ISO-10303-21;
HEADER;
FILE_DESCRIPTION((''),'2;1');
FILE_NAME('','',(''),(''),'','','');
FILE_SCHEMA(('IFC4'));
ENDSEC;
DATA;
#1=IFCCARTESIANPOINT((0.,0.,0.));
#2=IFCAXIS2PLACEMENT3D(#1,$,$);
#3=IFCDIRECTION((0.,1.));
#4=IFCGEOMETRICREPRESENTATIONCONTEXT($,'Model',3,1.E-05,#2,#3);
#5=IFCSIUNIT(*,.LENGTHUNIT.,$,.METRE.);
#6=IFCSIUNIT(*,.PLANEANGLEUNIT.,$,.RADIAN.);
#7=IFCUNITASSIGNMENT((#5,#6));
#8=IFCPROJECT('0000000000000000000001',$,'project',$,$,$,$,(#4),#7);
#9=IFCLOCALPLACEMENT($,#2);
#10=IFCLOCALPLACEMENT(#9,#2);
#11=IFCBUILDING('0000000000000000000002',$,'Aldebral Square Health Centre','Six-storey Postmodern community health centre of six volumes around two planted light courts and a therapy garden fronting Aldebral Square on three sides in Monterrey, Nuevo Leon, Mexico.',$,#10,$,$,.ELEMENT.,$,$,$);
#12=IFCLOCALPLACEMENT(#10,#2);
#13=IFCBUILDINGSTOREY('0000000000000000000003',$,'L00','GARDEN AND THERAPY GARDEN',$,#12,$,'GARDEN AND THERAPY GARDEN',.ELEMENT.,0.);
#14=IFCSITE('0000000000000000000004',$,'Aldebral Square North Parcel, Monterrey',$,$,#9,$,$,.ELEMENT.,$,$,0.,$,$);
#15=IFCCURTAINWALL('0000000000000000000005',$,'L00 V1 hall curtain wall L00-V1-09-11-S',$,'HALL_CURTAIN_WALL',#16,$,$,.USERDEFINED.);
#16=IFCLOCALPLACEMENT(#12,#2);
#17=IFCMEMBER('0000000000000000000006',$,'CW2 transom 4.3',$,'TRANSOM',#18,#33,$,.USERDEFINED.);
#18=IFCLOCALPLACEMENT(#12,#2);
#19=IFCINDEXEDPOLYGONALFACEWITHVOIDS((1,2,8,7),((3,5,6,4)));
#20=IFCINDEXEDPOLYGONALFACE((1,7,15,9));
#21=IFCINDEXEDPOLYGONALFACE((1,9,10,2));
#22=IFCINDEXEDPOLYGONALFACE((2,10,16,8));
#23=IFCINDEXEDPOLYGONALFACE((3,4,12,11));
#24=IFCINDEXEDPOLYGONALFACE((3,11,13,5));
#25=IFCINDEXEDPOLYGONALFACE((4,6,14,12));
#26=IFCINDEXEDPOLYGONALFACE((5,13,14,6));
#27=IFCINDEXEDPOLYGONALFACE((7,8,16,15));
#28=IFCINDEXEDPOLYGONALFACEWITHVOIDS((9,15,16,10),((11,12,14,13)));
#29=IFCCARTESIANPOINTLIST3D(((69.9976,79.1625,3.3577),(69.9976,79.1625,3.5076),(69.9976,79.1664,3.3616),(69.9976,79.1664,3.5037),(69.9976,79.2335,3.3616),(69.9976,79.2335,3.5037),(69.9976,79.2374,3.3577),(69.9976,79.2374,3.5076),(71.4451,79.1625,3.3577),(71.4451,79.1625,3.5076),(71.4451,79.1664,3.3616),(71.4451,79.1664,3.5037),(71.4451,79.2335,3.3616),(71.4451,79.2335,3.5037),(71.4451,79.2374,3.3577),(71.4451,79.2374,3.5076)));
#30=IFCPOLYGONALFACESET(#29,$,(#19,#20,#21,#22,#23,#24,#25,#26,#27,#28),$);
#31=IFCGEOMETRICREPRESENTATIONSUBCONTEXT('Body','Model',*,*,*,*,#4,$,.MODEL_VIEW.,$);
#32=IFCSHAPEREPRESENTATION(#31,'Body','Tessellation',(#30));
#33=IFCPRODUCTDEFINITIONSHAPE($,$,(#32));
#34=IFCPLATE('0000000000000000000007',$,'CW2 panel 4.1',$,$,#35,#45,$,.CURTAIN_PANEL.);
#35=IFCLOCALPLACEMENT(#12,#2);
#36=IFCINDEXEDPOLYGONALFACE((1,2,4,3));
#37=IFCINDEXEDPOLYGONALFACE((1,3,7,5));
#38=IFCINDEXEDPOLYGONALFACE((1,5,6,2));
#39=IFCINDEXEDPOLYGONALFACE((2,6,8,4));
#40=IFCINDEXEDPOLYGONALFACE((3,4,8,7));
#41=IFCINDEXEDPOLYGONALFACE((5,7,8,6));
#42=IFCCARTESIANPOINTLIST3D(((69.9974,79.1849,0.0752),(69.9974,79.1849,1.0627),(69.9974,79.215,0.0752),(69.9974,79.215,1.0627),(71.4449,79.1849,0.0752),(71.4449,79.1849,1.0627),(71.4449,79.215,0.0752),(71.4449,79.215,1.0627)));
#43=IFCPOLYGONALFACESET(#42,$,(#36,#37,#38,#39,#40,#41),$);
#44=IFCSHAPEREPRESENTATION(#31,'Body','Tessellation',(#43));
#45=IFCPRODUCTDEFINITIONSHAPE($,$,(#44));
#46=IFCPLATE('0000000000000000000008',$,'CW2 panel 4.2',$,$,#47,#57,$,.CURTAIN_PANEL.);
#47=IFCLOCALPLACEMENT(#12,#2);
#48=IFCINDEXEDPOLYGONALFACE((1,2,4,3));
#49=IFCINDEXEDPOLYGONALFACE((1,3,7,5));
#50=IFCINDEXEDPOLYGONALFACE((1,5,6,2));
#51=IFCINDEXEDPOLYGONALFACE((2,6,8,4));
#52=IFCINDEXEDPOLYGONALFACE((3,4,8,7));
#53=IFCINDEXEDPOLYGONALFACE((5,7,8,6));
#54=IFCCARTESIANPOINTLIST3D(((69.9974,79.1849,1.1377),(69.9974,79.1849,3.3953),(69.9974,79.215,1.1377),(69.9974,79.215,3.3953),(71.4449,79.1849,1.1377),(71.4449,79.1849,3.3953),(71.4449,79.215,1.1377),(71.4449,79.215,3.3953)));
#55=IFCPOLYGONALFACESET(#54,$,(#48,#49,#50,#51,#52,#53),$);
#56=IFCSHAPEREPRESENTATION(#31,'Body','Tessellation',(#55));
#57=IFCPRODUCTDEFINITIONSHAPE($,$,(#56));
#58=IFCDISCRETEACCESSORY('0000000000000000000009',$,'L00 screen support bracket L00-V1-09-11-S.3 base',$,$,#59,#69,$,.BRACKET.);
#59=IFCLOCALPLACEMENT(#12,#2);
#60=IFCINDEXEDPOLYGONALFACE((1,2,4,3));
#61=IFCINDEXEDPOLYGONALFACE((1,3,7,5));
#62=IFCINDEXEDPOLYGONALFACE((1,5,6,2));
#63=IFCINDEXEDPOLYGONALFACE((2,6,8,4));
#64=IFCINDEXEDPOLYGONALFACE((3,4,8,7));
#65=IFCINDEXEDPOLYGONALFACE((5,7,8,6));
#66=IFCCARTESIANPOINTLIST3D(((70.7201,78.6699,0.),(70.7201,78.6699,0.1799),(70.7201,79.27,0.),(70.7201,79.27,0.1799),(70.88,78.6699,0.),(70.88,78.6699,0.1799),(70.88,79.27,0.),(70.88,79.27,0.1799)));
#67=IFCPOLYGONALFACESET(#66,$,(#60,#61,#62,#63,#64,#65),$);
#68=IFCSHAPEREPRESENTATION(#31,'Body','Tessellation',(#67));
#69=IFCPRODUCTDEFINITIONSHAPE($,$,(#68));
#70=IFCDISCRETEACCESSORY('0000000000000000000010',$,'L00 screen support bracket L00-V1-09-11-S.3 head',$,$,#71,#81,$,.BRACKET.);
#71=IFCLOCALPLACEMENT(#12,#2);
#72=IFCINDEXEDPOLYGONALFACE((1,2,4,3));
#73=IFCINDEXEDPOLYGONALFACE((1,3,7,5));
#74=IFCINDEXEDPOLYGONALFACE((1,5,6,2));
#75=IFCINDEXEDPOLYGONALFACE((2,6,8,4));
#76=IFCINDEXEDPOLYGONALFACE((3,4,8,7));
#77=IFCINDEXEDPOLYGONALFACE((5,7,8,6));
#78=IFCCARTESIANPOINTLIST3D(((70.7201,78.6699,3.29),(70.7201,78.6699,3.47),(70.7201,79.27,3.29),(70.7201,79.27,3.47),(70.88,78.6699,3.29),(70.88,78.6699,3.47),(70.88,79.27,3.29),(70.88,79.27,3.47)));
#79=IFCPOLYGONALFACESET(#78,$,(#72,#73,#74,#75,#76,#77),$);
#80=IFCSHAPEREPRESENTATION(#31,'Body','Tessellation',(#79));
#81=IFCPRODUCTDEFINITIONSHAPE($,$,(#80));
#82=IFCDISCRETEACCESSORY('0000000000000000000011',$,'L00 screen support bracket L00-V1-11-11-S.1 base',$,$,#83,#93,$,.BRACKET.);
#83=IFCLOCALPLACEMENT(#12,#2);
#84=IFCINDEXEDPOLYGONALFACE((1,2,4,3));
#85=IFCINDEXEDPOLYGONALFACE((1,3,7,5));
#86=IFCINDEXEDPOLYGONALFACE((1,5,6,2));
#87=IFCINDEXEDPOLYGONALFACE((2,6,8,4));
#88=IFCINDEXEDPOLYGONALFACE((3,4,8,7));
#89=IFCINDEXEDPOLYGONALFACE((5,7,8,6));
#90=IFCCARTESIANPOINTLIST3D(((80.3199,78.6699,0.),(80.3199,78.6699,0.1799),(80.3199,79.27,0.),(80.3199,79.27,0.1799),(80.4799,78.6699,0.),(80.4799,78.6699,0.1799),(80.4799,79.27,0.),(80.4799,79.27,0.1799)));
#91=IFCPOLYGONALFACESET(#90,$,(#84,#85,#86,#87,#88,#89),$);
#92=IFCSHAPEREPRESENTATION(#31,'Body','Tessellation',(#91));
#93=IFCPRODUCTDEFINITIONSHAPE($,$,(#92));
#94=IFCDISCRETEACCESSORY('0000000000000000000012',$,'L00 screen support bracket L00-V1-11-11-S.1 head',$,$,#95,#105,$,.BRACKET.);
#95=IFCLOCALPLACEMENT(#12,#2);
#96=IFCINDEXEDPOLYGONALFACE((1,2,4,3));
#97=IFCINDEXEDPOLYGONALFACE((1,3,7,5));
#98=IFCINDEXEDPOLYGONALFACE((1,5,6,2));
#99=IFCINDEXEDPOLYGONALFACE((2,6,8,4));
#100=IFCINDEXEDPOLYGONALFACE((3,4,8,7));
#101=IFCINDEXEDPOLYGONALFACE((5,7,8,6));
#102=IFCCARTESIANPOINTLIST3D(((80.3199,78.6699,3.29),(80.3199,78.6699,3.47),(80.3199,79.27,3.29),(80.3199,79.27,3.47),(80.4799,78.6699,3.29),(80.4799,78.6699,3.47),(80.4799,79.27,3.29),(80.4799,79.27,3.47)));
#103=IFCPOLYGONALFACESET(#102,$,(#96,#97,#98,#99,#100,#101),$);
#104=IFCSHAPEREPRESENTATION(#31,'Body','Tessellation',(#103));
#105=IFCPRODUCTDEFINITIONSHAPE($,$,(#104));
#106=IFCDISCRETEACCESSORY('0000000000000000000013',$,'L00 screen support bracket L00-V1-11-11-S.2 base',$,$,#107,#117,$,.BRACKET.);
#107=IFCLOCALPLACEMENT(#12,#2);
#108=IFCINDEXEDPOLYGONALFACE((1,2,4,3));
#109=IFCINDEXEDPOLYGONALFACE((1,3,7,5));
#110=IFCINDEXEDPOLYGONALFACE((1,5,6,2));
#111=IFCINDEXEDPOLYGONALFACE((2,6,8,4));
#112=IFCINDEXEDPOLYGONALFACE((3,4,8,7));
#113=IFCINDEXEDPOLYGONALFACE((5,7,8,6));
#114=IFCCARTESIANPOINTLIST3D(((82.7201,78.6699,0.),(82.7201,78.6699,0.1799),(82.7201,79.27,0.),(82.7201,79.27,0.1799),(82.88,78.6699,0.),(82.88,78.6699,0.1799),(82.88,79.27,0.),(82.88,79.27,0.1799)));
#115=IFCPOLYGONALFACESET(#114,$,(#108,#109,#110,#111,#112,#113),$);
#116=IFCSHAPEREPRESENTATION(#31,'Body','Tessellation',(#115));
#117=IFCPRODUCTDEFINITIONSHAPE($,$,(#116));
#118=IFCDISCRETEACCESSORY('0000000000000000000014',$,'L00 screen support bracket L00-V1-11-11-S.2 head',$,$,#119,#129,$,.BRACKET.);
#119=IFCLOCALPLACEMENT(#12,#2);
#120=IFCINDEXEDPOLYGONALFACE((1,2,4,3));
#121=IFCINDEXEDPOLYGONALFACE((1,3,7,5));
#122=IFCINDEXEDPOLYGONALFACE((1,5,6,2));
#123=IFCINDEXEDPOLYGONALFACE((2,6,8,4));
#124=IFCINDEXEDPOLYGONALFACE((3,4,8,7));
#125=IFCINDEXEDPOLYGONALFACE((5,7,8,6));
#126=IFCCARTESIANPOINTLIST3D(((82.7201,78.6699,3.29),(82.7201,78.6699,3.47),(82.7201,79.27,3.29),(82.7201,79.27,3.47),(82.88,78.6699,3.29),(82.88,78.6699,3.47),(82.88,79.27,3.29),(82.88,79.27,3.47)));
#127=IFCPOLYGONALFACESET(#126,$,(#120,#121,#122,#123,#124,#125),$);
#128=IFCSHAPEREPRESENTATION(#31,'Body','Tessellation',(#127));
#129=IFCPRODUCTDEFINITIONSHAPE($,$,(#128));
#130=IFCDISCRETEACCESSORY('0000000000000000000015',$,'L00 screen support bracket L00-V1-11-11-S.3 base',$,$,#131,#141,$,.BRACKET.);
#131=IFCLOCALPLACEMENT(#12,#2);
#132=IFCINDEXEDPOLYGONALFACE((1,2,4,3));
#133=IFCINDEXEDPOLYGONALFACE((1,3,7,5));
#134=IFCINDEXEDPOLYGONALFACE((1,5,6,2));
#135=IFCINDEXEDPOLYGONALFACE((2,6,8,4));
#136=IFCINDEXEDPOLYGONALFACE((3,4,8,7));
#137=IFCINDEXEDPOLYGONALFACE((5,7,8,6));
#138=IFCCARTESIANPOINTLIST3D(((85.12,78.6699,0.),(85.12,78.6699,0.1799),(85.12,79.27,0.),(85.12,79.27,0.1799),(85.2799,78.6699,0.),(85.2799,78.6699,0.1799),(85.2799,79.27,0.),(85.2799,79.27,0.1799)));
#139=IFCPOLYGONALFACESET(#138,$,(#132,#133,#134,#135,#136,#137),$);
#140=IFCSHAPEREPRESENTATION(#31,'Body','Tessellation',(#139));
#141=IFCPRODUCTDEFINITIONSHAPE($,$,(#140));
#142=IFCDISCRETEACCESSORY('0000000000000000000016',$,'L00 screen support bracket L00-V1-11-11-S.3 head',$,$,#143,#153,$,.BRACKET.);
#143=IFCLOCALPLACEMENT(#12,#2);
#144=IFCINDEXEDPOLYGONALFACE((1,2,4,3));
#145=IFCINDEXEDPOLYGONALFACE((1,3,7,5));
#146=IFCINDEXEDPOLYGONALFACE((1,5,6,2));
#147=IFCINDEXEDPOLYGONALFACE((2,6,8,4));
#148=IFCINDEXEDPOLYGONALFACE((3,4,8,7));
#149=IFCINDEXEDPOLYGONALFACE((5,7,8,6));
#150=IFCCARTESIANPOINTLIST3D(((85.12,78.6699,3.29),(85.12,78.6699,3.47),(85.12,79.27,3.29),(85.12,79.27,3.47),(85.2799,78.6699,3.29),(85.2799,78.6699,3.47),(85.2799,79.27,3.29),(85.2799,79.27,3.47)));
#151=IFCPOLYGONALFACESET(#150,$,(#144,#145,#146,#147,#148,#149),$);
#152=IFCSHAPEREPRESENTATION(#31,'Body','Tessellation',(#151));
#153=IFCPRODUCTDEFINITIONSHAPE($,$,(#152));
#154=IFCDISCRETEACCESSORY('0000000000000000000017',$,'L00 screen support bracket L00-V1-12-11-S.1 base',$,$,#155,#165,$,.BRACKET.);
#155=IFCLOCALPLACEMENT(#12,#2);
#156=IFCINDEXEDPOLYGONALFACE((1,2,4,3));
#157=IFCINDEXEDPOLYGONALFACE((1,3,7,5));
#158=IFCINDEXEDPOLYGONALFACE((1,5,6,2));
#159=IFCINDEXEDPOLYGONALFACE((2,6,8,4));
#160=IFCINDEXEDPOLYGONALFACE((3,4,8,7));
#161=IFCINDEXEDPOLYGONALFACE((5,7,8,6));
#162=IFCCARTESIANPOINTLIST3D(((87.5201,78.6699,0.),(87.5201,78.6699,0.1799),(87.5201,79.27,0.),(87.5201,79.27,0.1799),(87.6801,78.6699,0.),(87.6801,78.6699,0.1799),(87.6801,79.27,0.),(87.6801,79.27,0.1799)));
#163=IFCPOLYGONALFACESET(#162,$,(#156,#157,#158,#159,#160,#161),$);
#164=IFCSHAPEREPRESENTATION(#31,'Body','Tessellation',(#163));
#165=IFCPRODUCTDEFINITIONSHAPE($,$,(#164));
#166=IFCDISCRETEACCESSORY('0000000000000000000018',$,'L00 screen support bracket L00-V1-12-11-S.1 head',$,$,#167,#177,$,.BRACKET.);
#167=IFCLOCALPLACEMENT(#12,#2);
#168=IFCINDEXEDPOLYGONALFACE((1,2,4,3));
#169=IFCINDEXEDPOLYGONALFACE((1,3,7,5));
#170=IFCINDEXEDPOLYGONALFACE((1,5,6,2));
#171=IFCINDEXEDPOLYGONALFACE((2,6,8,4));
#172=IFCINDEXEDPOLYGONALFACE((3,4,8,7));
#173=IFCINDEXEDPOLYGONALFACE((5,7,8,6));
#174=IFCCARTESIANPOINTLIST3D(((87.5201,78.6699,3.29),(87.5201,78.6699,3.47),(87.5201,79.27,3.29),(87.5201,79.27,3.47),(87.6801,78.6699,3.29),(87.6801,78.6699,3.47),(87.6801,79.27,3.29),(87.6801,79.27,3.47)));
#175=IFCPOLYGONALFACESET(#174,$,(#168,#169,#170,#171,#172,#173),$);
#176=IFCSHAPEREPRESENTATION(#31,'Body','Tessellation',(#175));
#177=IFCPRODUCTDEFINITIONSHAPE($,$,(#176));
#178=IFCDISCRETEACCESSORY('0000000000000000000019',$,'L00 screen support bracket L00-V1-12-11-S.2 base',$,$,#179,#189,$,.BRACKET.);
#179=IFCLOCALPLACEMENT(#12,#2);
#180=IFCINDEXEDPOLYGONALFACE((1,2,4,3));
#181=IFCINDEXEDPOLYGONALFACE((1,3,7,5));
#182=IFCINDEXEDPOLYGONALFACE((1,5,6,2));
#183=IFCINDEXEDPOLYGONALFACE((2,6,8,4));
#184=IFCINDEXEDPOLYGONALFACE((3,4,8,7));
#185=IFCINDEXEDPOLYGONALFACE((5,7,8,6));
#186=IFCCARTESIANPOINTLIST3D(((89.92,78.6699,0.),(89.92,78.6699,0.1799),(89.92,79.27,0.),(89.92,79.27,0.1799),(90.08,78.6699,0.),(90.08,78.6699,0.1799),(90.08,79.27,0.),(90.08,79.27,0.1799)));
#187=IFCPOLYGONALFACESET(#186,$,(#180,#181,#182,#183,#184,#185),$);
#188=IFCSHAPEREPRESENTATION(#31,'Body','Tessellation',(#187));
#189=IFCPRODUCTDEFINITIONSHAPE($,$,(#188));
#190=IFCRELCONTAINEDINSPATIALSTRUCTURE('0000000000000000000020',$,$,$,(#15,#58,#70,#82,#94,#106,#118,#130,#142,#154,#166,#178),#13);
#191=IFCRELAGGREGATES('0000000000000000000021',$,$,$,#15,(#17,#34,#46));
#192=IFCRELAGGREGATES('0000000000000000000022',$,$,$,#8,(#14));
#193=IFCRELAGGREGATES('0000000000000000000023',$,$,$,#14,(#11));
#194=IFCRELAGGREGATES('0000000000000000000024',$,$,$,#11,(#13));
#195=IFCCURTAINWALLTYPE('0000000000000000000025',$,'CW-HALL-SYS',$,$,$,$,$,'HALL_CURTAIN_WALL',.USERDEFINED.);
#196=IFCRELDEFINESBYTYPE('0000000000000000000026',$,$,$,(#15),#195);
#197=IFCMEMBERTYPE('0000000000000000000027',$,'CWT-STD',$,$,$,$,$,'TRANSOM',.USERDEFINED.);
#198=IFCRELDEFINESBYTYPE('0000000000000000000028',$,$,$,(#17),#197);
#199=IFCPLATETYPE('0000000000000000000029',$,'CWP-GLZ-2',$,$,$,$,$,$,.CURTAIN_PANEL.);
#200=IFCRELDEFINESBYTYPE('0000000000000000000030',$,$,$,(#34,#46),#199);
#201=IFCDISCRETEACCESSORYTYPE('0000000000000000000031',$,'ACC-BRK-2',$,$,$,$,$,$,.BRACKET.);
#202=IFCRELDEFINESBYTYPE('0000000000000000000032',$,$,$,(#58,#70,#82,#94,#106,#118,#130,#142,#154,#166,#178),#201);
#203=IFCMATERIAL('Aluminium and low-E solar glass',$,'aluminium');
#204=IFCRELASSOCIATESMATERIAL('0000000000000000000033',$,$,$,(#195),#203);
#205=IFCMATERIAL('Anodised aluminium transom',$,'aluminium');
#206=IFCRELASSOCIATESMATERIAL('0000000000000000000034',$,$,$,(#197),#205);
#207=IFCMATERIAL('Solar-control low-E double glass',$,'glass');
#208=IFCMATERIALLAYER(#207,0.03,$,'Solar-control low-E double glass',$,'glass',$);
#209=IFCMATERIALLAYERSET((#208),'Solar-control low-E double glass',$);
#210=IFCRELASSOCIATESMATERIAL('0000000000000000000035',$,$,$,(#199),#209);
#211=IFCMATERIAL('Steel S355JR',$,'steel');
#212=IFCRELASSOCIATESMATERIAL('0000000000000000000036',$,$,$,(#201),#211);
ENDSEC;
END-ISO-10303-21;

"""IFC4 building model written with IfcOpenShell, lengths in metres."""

from ifc_helpers import new_model, si_unit, direction, frame, origin, origin_2d, place, context, subcontext, project, spatial, rectangle, hollow_rectangle, extrude, material, layer, layer_set, material_profile, profile_set, type_object, element, aggregate, save


model = new_model("IFC4")

# Units and contexts
model_context = context("Model", 3, precision=1e-05, world=origin(), true_north=direction((0.0, 1.0)))
body_context = subcontext(model_context, "Body", "Model", "MODEL_VIEW")
ifc_project = project(units=[si_unit("LENGTHUNIT", "METRE"), si_unit("PLANEANGLEUNIT", "RADIAN")], contexts=[model_context])

# Site, building, storey
site_placement = place(None, origin())
site = spatial("IfcSite", under=ifc_project, at=site_placement, Name="Aldebral Square North Parcel, Monterrey", CompositionType="ELEMENT", RefElevation=0.0)
building_placement = place(site_placement, origin())
building = spatial("IfcBuilding", under=site, at=building_placement, Name="Aldebral Square Health Centre", Description="Six-storey Postmodern community health centre of six volumes around two planted light courts and a therapy garden fronting Aldebral Square on three sides in Monterrey, Nuevo Leon, Mexico.", CompositionType="ELEMENT")
storey_placement = place(building_placement, origin())
storey = spatial("IfcBuildingStorey", under=building, at=storey_placement, Name="L00", Description="GARDEN AND THERAPY GARDEN", LongName="GARDEN AND THERAPY GARDEN", CompositionType="ELEMENT", Elevation=0.0)

# Curtain wall, member, plates
ifc_material_1 = material(Name="Aluminium and low-E solar glass", Category="aluminium")
curtain_wall_type = type_object("IfcCurtainWallType", Name="CW-HALL-SYS", ElementType="HALL_CURTAIN_WALL", PredefinedType="USERDEFINED", material=ifc_material_1)
curtain_wall_placement = place(storey_placement, origin())
curtain_wall = element("IfcCurtainWall", 1, at=curtain_wall_placement, inside=storey, type_object=curtain_wall_type, Name="L00 V1 hall curtain wall L00-V1-09-11-S", ObjectType="HALL_CURTAIN_WALL", PredefinedType="USERDEFINED")
ifc_material_2 = material(Name="Anodised aluminium transom", Category="aluminium")
ifc_material_profile_1 = material_profile(ifc_material_2, hollow_rectangle(XDim=0.075, YDim=0.1499, WallThickness=0.0039, at=origin_2d()), Name="CWT 75x150x4")
ifc_profile_set_1 = profile_set([ifc_material_profile_1], Name="Anodised aluminium transom")
member_type = type_object("IfcMemberType", Name="CWT-STD", ElementType="TRANSOM", PredefinedType="USERDEFINED", material=ifc_profile_set_1)
member_placement = place(storey_placement, frame((69.9976, 79.2, 3.4326), z_axis=(1.0, 0.0, 0.0), x_axis=(0.0, 1.0, 0.0)))
member = element("IfcMember", 2, at=member_placement, type_object=member_type, Name="CW2 transom 4.3", ObjectType="TRANSOM", PredefinedType="USERDEFINED", context=body_context, shape_type="SweptSolid", body=[
    extrude(hollow_rectangle(XDim=0.075, YDim=0.1499, WallThickness=0.0039, at=origin_2d()), origin(), (0.0, 0.0, 1.0), 1.4475),
])
ifc_material_3 = material(Name="Solar-control low-E double glass", Category="glass")
ifc_layer_1 = layer(ifc_material_3, 0.03, Name="Solar-control low-E double glass", Category="glass")
ifc_layer_set_1 = layer_set([ifc_layer_1], Name="Solar-control low-E double glass")
plate_type = type_object("IfcPlateType", Name="CWP-GLZ-2", PredefinedType="CURTAIN_PANEL", material=ifc_layer_set_1)
plate_1_placement = place(storey_placement, frame((70.7212, 79.2, 0.0752), z_axis=(0.0, 0.0, 1.0), x_axis=(1.0, 0.0, 0.0)))
plate_1 = element("IfcPlate", 3, at=plate_1_placement, type_object=plate_type, Name="CW2 panel 4.1", PredefinedType="CURTAIN_PANEL", context=body_context, shape_type="SweptSolid", body=[
    extrude(rectangle(XDim=1.4475, YDim=0.03, at=origin_2d()), origin(), (0.0, 0.0, 1.0), 0.9875),
])
plate_2_placement = place(storey_placement, frame((70.7212, 79.2, 1.1377), z_axis=(0.0, 0.0, 1.0), x_axis=(1.0, 0.0, 0.0)))
plate_2 = element("IfcPlate", 4, at=plate_2_placement, type_object=plate_type, Name="CW2 panel 4.2", PredefinedType="CURTAIN_PANEL", context=body_context, shape_type="SweptSolid", body=[
    extrude(rectangle(XDim=1.4475, YDim=0.03, at=origin_2d()), origin(), (0.0, 0.0, 1.0), 2.2576),
])
aggregate(curtain_wall, [member, plate_1, plate_2])

# Discrete accessories
ifc_material_4 = material(Name="Steel S355JR", Category="steel")
discrete_accessory_type = type_object("IfcDiscreteAccessoryType", Name="ACC-BRK-2", PredefinedType="BRACKET", material=ifc_material_4)
for number, where, z_axis, x_axis, name in (
    (5, (70.8, 78.97, 0.0), (0.0, 0.0, 1.0), (1.0, 0.0, 0.0), "L00 screen support bracket L00-V1-09-11-S.3 base"),
    (6, (70.8, 78.97, 3.29), (0.0, 0.0, 1.0), (1.0, 0.0, 0.0), "L00 screen support bracket L00-V1-09-11-S.3 head"),
    (7, (80.3999, 78.97, 0.0), (0.0, 0.0, 1.0), (1.0, 0.0, 0.0), "L00 screen support bracket L00-V1-11-11-S.1 base"),
    (8, (80.3999, 78.97, 3.29), (0.0, 0.0, 1.0), (1.0, 0.0, 0.0), "L00 screen support bracket L00-V1-11-11-S.1 head"),
    (9, (82.8, 78.97, 0.0), (0.0, 0.0, 1.0), (1.0, 0.0, 0.0), "L00 screen support bracket L00-V1-11-11-S.2 base"),
    (10, (82.8, 78.97, 3.29), (0.0, 0.0, 1.0), (1.0, 0.0, 0.0), "L00 screen support bracket L00-V1-11-11-S.2 head"),
    (11, (85.2, 78.97, 0.0), (0.0, 0.0, 1.0), (1.0, 0.0, 0.0), "L00 screen support bracket L00-V1-11-11-S.3 base"),
    (12, (85.2, 78.97, 3.29), (0.0, 0.0, 1.0), (1.0, 0.0, 0.0), "L00 screen support bracket L00-V1-11-11-S.3 head"),
    (13, (87.6001, 78.97, 0.0), (0.0, 0.0, 1.0), (1.0, 0.0, 0.0), "L00 screen support bracket L00-V1-12-11-S.1 base"),
    (14, (87.6001, 78.97, 3.29), (0.0, 0.0, 1.0), (1.0, 0.0, 0.0), "L00 screen support bracket L00-V1-12-11-S.1 head"),
    (15, (90.0, 78.97, 0.0), (0.0, 0.0, 1.0), (1.0, 0.0, 0.0), "L00 screen support bracket L00-V1-12-11-S.2 base"),
):
    element("IfcDiscreteAccessory", number, at=place(storey_placement, frame(where, z_axis=z_axis, x_axis=x_axis)), inside=storey, type_object=discrete_accessory_type, Name=name, PredefinedType="BRACKET", context=body_context, shape_type="SweptSolid", body=[
        extrude(rectangle(XDim=0.1599, YDim=0.6001, at=origin_2d()), origin(), (0.0, 0.0, 1.0), 0.1799),
    ])

save(model, "model.ifc")
